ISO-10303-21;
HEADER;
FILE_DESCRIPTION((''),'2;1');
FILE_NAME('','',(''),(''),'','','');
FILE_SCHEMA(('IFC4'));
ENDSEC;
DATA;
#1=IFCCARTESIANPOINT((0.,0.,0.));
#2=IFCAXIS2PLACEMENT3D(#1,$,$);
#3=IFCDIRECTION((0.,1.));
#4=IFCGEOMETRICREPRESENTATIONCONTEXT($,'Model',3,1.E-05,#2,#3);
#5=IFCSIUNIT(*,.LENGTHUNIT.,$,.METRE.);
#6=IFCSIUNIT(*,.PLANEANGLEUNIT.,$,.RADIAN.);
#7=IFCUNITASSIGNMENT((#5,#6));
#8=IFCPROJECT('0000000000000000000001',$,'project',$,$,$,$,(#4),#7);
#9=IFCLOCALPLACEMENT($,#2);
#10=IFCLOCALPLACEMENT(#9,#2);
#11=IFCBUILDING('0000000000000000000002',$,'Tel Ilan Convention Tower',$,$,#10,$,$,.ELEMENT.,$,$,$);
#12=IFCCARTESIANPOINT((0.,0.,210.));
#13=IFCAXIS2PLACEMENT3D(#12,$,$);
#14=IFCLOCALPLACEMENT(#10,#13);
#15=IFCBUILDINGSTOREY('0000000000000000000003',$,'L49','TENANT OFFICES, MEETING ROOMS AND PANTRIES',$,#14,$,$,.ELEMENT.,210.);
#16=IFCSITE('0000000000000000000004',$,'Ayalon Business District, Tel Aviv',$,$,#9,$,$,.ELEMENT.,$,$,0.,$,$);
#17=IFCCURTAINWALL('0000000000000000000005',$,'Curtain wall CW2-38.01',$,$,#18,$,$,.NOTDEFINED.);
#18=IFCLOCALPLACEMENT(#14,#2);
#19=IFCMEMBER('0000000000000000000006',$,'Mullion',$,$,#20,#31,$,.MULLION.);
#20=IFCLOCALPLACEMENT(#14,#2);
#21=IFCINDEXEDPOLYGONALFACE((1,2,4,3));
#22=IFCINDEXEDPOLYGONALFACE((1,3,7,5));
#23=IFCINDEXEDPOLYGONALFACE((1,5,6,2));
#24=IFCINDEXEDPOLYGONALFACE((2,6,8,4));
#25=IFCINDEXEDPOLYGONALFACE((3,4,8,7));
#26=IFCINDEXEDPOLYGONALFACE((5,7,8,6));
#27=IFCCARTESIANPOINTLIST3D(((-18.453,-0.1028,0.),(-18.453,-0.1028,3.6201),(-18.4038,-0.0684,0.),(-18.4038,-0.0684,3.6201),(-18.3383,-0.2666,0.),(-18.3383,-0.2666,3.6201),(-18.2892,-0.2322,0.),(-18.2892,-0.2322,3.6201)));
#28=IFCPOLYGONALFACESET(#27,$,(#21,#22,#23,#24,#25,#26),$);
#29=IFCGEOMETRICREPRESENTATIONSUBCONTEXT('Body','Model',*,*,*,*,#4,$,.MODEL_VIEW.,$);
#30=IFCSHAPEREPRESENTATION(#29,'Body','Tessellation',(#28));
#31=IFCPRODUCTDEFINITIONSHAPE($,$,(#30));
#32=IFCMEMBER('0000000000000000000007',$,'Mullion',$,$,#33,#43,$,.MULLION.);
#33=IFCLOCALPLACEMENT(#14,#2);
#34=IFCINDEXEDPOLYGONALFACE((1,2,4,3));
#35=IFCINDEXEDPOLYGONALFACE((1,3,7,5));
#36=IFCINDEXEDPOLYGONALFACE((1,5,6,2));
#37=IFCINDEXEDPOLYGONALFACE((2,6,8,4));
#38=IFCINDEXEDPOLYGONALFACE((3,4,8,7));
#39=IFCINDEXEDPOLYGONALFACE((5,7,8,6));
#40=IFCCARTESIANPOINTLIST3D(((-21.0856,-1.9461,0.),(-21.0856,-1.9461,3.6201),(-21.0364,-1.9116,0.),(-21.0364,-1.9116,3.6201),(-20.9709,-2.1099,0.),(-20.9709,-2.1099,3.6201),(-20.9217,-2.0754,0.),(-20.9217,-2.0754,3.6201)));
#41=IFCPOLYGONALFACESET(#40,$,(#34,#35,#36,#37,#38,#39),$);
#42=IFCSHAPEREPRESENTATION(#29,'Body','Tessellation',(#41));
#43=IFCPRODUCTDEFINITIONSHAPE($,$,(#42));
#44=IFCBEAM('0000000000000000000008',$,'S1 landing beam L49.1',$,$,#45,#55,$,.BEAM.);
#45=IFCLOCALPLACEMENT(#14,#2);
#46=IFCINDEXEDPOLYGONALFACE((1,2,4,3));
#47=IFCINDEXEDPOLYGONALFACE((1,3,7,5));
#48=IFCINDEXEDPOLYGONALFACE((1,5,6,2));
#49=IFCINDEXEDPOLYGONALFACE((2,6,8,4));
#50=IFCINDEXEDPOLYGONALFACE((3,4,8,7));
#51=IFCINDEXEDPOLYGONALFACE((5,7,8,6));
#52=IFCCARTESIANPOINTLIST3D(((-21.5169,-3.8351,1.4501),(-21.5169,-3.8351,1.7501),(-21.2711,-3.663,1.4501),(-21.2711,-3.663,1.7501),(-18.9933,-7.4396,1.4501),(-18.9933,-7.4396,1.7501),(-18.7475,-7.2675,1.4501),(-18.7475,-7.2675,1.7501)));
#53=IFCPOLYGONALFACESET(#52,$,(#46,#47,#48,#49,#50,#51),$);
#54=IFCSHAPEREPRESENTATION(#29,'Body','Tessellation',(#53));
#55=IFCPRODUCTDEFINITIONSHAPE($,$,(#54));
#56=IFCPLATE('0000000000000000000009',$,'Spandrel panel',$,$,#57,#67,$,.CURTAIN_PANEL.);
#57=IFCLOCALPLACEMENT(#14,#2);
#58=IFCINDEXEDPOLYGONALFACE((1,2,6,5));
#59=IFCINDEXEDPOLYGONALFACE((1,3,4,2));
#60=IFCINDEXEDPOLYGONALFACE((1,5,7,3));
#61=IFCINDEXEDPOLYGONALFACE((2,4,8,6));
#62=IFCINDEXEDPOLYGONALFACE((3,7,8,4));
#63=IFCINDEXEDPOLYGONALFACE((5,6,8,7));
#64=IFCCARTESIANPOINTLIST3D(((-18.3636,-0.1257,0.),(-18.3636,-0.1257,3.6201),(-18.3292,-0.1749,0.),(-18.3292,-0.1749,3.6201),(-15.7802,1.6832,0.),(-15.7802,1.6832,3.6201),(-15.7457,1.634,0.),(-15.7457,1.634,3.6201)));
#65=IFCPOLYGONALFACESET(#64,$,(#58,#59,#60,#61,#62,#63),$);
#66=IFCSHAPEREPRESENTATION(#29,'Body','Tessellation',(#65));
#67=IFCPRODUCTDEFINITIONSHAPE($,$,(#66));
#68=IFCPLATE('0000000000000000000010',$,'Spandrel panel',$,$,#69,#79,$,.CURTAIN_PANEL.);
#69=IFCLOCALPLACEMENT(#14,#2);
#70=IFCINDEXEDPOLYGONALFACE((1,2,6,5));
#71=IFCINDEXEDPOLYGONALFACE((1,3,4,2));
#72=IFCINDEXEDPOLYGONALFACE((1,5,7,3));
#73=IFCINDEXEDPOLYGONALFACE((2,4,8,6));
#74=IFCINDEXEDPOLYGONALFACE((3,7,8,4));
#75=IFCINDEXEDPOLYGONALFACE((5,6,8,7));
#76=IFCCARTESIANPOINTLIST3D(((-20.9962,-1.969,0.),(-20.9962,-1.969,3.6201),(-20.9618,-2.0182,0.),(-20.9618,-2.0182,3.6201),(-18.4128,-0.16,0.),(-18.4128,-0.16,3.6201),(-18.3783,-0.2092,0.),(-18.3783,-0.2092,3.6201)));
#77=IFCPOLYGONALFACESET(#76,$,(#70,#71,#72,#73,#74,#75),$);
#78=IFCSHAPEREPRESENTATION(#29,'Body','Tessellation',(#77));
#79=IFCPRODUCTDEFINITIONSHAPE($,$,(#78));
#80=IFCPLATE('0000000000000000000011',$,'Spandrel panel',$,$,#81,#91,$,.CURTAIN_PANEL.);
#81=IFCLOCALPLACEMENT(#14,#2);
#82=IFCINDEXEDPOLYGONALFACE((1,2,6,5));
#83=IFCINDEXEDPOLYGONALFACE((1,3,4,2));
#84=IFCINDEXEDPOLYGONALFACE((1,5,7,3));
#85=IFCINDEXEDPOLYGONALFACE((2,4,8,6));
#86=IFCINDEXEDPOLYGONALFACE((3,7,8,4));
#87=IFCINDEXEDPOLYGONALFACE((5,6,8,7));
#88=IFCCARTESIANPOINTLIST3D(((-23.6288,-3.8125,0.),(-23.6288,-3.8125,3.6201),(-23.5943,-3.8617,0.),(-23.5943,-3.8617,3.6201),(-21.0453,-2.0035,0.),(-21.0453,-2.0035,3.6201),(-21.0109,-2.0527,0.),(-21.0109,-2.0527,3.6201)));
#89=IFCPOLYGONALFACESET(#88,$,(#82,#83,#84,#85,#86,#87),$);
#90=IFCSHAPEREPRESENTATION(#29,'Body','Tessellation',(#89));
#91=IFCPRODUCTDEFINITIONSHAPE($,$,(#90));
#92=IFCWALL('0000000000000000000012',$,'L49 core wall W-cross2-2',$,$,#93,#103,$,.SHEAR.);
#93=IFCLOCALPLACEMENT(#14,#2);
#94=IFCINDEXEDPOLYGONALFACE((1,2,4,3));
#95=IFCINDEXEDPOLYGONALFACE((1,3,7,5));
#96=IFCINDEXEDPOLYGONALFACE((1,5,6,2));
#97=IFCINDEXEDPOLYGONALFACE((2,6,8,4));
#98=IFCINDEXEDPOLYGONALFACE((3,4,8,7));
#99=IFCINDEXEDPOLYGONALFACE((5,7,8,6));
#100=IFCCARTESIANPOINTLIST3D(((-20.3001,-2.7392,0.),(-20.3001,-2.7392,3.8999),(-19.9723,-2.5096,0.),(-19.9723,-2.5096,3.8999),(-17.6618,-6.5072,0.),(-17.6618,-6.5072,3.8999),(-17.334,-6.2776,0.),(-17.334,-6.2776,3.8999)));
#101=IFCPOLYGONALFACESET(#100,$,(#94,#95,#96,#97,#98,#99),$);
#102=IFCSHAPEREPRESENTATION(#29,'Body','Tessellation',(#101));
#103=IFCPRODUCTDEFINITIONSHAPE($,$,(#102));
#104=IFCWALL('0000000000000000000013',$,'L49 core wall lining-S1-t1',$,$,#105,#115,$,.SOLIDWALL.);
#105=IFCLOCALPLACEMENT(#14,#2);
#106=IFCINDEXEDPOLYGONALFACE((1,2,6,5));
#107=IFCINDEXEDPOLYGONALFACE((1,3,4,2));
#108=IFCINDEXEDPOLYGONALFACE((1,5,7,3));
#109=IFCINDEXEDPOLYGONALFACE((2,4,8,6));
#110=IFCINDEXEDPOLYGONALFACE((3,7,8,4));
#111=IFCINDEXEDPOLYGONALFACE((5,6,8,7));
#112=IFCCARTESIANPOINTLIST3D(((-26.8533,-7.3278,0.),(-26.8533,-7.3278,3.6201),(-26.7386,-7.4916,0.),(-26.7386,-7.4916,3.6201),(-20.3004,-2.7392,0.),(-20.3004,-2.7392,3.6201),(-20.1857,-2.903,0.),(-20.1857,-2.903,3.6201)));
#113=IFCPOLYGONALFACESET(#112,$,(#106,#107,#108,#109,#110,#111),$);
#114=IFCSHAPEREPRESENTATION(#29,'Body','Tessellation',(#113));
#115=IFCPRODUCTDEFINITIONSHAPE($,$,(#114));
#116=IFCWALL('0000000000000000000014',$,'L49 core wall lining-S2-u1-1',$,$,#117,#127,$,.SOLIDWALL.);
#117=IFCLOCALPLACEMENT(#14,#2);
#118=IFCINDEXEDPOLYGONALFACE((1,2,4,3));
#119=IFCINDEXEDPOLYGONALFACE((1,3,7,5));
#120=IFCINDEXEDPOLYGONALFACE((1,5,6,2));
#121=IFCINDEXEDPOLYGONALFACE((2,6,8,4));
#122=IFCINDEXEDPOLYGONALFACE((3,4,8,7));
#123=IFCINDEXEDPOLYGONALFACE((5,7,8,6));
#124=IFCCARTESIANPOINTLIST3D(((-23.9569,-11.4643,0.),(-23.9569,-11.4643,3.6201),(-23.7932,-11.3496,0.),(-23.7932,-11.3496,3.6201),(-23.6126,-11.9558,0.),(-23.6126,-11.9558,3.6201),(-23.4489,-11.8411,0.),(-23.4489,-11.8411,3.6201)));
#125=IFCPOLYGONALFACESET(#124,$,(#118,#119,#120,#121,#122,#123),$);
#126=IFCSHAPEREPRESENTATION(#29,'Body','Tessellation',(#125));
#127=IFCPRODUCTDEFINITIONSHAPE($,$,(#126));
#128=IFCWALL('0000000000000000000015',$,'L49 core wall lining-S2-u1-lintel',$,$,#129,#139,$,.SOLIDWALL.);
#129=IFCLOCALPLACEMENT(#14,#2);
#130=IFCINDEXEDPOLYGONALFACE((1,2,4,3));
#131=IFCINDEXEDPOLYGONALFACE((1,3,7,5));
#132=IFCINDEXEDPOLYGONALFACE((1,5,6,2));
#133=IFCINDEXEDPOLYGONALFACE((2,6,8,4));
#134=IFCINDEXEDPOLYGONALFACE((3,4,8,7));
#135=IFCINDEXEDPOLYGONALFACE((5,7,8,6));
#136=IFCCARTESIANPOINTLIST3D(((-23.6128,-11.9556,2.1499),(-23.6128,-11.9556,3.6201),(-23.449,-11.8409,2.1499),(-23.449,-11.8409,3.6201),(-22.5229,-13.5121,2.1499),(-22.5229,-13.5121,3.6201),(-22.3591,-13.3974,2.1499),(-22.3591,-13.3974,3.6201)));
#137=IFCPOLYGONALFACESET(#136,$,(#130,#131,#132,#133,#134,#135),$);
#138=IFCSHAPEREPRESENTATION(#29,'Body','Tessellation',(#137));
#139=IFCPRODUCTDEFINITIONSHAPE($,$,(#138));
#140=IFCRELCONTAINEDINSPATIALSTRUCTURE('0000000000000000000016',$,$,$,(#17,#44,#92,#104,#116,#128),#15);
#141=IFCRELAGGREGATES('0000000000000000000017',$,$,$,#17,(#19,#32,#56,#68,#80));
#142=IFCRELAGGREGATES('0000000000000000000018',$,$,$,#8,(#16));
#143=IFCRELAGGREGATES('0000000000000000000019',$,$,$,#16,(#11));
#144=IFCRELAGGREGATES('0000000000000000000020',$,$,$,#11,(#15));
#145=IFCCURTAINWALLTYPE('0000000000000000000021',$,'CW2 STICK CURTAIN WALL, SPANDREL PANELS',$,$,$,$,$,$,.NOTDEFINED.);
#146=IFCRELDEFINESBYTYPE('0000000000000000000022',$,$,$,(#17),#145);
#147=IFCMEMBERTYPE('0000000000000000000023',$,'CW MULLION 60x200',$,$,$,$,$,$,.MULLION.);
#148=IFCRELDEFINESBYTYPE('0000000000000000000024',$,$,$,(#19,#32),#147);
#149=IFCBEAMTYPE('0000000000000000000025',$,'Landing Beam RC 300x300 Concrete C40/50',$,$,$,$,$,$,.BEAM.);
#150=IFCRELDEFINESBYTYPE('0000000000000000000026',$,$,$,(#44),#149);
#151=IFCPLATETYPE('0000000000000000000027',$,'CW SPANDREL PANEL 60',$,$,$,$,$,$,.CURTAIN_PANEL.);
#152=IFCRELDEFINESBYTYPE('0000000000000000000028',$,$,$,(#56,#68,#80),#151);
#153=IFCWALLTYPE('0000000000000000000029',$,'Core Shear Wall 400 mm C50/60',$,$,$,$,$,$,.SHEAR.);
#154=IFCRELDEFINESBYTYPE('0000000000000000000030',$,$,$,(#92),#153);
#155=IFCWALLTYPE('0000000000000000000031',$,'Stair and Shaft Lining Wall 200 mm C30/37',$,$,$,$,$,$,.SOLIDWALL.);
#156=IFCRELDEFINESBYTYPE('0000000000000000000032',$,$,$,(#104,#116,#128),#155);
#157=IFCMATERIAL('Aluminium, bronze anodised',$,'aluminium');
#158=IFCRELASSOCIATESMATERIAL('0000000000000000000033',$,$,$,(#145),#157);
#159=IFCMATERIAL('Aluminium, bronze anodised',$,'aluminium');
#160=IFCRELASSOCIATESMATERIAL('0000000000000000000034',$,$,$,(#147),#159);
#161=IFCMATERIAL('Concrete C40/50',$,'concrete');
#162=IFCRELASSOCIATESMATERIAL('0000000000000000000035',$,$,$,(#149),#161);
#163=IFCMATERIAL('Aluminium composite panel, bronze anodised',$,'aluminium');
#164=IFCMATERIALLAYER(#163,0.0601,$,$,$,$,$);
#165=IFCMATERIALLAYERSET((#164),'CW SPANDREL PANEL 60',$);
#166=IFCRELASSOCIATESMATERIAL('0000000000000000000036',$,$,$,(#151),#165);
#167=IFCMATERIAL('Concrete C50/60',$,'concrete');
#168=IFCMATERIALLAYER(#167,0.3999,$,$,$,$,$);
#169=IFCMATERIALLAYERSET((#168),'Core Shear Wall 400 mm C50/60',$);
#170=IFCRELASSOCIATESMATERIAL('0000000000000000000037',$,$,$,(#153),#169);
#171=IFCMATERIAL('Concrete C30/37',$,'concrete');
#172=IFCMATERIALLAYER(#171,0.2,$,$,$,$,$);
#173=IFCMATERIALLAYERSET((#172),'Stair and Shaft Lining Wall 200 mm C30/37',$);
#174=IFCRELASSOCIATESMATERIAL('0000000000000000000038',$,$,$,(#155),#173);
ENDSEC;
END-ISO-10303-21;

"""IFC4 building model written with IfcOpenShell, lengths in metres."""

from ifc_helpers import new_model, si_unit, direction, frame, frame_2d, origin, origin_2d, place, context, subcontext, project, spatial, polyline, rectangle, outline, extrude, material, layer, layer_set, material_profile, profile_set, type_object, element, aggregate, save


model = new_model("IFC4")

# Units and contexts
model_context = context("Model", 3, precision=1e-05, world=origin(), true_north=direction((0.0, 1.0)))
body_context = subcontext(model_context, "Body", "Model", "MODEL_VIEW")
ifc_project = project(units=[si_unit("LENGTHUNIT", "METRE"), si_unit("PLANEANGLEUNIT", "RADIAN")], contexts=[model_context])

# Site, building, storey
site_placement = place(None, origin())
site = spatial("IfcSite", under=ifc_project, at=site_placement, Name="Ayalon Business District, Tel Aviv", CompositionType="ELEMENT", RefElevation=0.0)
building_placement = place(site_placement, origin())
building = spatial("IfcBuilding", under=site, at=building_placement, Name="Tel Ilan Convention Tower", CompositionType="ELEMENT")
storey_placement = place(building_placement, frame((0.0, 0.0, 210.0)))
storey = spatial("IfcBuildingStorey", under=building, at=storey_placement, Name="L49", Description="TENANT OFFICES, MEETING ROOMS AND PANTRIES", CompositionType="ELEMENT", Elevation=210.0)

# Curtain wall, members
ifc_material_1 = material(Name="Aluminium, bronze anodised", Category="aluminium")
curtain_wall_type = type_object("IfcCurtainWallType", Name="CW2 STICK CURTAIN WALL, SPANDREL PANELS", PredefinedType="NOTDEFINED", material=ifc_material_1)
curtain_wall_placement = place(storey_placement, origin())
curtain_wall = element("IfcCurtainWall", 1, at=curtain_wall_placement, inside=storey, type_object=curtain_wall_type, Name="Curtain wall CW2-38.01", PredefinedType="NOTDEFINED")
ifc_material_2 = material(Name="Aluminium, bronze anodised", Category="aluminium")
ifc_material_profile_1 = material_profile(ifc_material_2, rectangle(XDim=0.0601, YDim=0.2, at=origin_2d()), Name="CW MULLION 60x200")
ifc_profile_set_1 = profile_set([ifc_material_profile_1], Name="Aluminium, bronze anodised")
member_type = type_object("IfcMemberType", Name="CW MULLION 60x200", PredefinedType="MULLION", material=ifc_profile_set_1)
member_1_placement = place(storey_placement, frame((-18.3711, -0.1675, 0.0), z_axis=(0.0, 0.0, 1.0), x_axis=(-0.819152, -0.573576, 0.0)))
member_1 = element("IfcMember", 2, at=member_1_placement, type_object=member_type, Name="Mullion", PredefinedType="MULLION", context=body_context, shape_type="SweptSolid", body=[
    extrude(rectangle(XDim=0.0601, YDim=0.2, at=origin_2d()), origin(), (0.0, 0.0, 1.0), 3.6201),
])
member_2_placement = place(storey_placement, frame((-21.0037, -2.0107, 0.0), z_axis=(0.0, 0.0, 1.0), x_axis=(-0.819152, -0.573576, 0.0)))
member_2 = element("IfcMember", 3, at=member_2_placement, type_object=member_type, Name="Mullion", PredefinedType="MULLION", context=body_context, shape_type="SweptSolid", body=[
    extrude(rectangle(XDim=0.0601, YDim=0.2, at=origin_2d()), origin(), (0.0, 0.0, 1.0), 3.6201),
])

# Beam
ifc_material_3 = material(Name="Concrete C40/50", Category="concrete")
ifc_material_profile_2 = material_profile(ifc_material_3, rectangle(XDim=0.3, YDim=0.3, at=origin_2d()), Name="RC 300x300")
ifc_profile_set_2 = profile_set([ifc_material_profile_2], Name="Concrete C40/50")
beam_type = type_object("IfcBeamType", Name="Landing Beam RC 300x300 Concrete C40/50", PredefinedType="BEAM", material=ifc_profile_set_2)
beam_placement = place(storey_placement, frame((-18.8704, -7.3535, 1.6001), z_axis=(-0.573544, 0.819175, 0.0), x_axis=(-0.819175, -0.573544, 0.0)))
element("IfcBeam", 4, at=beam_placement, inside=storey, type_object=beam_type, Name="S1 landing beam L49.1", PredefinedType="BEAM", context=body_context, shape_type="SweptSolid", body=[
    extrude(rectangle(XDim=0.3, YDim=0.3, at=origin_2d()), origin(), (0.0, 0.0, 1.0), 4.4001),
])

# Plates
ifc_material_4 = material(Name="Aluminium composite panel, bronze anodised", Category="aluminium")
ifc_layer_1 = layer(ifc_material_4, 0.0601)
ifc_layer_set_1 = layer_set([ifc_layer_1], Name="CW SPANDREL PANEL 60")
plate_type = type_object("IfcPlateType", Name="CW SPANDREL PANEL 60", PredefinedType="CURTAIN_PANEL", material=ifc_layer_set_1)
plate_1_placement = place(storey_placement, frame((-17.0547, 0.7542, 0.0), z_axis=(0.0, 0.0, 1.0), x_axis=(-0.819152, -0.573576, 0.0)))
plate_1 = element("IfcPlate", 5, at=plate_1_placement, type_object=plate_type, Name="Spandrel panel", PredefinedType="CURTAIN_PANEL", context=body_context, shape_type="SweptSolid", body=[
    extrude(rectangle(XDim=3.1538, YDim=0.0601, at=origin_2d()), origin(), (0.0, 0.0, 1.0), 3.6201),
])
plate_2_placement = place(storey_placement, frame((-19.6873, -1.0891, 0.0), z_axis=(0.0, 0.0, 1.0), x_axis=(-0.819152, -0.573576, 0.0)))
plate_2 = element("IfcPlate", 6, at=plate_2_placement, type_object=plate_type, Name="Spandrel panel", PredefinedType="CURTAIN_PANEL", context=body_context, shape_type="SweptSolid", body=[
    extrude(rectangle(XDim=3.1538, YDim=0.0601, at=origin_2d()), origin(), (0.0, 0.0, 1.0), 3.6201),
])
plate_3_placement = place(storey_placement, frame((-22.3198, -2.9326, 0.0), z_axis=(0.0, 0.0, 1.0), x_axis=(-0.819152, -0.573576, 0.0)))
plate_3 = element("IfcPlate", 7, at=plate_3_placement, type_object=plate_type, Name="Spandrel panel", PredefinedType="CURTAIN_PANEL", context=body_context, shape_type="SweptSolid", body=[
    extrude(rectangle(XDim=3.1538, YDim=0.0601, at=origin_2d()), origin(), (0.0, 0.0, 1.0), 3.6201),
])
aggregate(curtain_wall, [member_1, member_2, plate_1, plate_2, plate_3])

# Walls
ifc_material_5 = material(Name="Concrete C50/60", Category="concrete")
ifc_layer_2 = layer(ifc_material_5, 0.3999)
ifc_layer_set_2 = layer_set([ifc_layer_2], Name="Core Shear Wall 400 mm C50/60")
wall_type_1 = type_object("IfcWallType", Name="Core Shear Wall 400 mm C50/60", PredefinedType="SHEAR", material=ifc_layer_set_2)
wall_1_placement = place(storey_placement, frame((-17.4978, -6.3923, 0.0), z_axis=(0.0, 0.0, 1.0), x_axis=(-0.573612, 0.819127, 0.0)))
element("IfcWall", 8, at=wall_1_placement, inside=storey, type_object=wall_type_1, Name="L49 core wall W-cross2-2", PredefinedType="SHEAR", context=body_context, shape_type="SweptSolid", body=[
    extrude(outline(polyline([(4.5999, -0.2002), (4.5999, 0.2), (0.0, 0.2002), (0.0, -0.2), (4.5999, -0.2002)])), origin(), (0.0, 0.0, 1.0), 3.8999),
])
ifc_material_6 = material(Name="Concrete C30/37", Category="concrete")
ifc_layer_3 = layer(ifc_material_6, 0.2)
ifc_layer_set_3 = layer_set([ifc_layer_3], Name="Stair and Shaft Lining Wall 200 mm C30/37")
wall_type_2 = type_object("IfcWallType", Name="Stair and Shaft Lining Wall 200 mm C30/37", PredefinedType="SOLIDWALL", material=ifc_layer_set_3)
wall_2_placement = place(storey_placement, frame((-20.2429, -2.821, 0.0), z_axis=(0.0, 0.0, 1.0), x_axis=(-0.819142, -0.573591, 0.0)))
element("IfcWall", 9, at=wall_2_placement, inside=storey, type_object=wall_type_2, Name="L49 core wall lining-S1-t1", PredefinedType="SOLIDWALL", context=body_context, shape_type="SweptSolid", body=[
    extrude(rectangle(XDim=7.9998, YDim=0.2, at=frame_2d((4.0, 0.0))), origin(), (0.0, 0.0, 1.0), 3.6201),
])
wall_3_placement = place(storey_placement, frame((-23.5308, -11.8984, 0.0), z_axis=(0.0, 0.0, 1.0), x_axis=(-0.573708, 0.81906, 0.0)))
element("IfcWall", 10, at=wall_3_placement, inside=storey, type_object=wall_type_2, Name="L49 core wall lining-S2-u1-1", PredefinedType="SOLIDWALL", context=body_context, shape_type="SweptSolid", body=[
    extrude(rectangle(XDim=0.6001, YDim=0.2, at=frame_2d((0.3, 0.0))), origin(), (0.0, 0.0, 1.0), 3.6201),
])
wall_4_placement = place(storey_placement, frame((-22.4409, -13.4548, 2.1499), z_axis=(0.0, 0.0, 1.0), x_axis=(-0.573592, 0.819141, 0.0)))
element("IfcWall", 11, at=wall_4_placement, inside=storey, type_object=wall_type_2, Name="L49 core wall lining-S2-u1-lintel", PredefinedType="SOLIDWALL", context=body_context, shape_type="SweptSolid", body=[
    extrude(rectangle(XDim=1.9001, YDim=0.2, at=frame_2d((0.9502, 0.0))), origin(), (0.0, 0.0, 1.0), 1.4702),
])

save(model, "model.ifc")
